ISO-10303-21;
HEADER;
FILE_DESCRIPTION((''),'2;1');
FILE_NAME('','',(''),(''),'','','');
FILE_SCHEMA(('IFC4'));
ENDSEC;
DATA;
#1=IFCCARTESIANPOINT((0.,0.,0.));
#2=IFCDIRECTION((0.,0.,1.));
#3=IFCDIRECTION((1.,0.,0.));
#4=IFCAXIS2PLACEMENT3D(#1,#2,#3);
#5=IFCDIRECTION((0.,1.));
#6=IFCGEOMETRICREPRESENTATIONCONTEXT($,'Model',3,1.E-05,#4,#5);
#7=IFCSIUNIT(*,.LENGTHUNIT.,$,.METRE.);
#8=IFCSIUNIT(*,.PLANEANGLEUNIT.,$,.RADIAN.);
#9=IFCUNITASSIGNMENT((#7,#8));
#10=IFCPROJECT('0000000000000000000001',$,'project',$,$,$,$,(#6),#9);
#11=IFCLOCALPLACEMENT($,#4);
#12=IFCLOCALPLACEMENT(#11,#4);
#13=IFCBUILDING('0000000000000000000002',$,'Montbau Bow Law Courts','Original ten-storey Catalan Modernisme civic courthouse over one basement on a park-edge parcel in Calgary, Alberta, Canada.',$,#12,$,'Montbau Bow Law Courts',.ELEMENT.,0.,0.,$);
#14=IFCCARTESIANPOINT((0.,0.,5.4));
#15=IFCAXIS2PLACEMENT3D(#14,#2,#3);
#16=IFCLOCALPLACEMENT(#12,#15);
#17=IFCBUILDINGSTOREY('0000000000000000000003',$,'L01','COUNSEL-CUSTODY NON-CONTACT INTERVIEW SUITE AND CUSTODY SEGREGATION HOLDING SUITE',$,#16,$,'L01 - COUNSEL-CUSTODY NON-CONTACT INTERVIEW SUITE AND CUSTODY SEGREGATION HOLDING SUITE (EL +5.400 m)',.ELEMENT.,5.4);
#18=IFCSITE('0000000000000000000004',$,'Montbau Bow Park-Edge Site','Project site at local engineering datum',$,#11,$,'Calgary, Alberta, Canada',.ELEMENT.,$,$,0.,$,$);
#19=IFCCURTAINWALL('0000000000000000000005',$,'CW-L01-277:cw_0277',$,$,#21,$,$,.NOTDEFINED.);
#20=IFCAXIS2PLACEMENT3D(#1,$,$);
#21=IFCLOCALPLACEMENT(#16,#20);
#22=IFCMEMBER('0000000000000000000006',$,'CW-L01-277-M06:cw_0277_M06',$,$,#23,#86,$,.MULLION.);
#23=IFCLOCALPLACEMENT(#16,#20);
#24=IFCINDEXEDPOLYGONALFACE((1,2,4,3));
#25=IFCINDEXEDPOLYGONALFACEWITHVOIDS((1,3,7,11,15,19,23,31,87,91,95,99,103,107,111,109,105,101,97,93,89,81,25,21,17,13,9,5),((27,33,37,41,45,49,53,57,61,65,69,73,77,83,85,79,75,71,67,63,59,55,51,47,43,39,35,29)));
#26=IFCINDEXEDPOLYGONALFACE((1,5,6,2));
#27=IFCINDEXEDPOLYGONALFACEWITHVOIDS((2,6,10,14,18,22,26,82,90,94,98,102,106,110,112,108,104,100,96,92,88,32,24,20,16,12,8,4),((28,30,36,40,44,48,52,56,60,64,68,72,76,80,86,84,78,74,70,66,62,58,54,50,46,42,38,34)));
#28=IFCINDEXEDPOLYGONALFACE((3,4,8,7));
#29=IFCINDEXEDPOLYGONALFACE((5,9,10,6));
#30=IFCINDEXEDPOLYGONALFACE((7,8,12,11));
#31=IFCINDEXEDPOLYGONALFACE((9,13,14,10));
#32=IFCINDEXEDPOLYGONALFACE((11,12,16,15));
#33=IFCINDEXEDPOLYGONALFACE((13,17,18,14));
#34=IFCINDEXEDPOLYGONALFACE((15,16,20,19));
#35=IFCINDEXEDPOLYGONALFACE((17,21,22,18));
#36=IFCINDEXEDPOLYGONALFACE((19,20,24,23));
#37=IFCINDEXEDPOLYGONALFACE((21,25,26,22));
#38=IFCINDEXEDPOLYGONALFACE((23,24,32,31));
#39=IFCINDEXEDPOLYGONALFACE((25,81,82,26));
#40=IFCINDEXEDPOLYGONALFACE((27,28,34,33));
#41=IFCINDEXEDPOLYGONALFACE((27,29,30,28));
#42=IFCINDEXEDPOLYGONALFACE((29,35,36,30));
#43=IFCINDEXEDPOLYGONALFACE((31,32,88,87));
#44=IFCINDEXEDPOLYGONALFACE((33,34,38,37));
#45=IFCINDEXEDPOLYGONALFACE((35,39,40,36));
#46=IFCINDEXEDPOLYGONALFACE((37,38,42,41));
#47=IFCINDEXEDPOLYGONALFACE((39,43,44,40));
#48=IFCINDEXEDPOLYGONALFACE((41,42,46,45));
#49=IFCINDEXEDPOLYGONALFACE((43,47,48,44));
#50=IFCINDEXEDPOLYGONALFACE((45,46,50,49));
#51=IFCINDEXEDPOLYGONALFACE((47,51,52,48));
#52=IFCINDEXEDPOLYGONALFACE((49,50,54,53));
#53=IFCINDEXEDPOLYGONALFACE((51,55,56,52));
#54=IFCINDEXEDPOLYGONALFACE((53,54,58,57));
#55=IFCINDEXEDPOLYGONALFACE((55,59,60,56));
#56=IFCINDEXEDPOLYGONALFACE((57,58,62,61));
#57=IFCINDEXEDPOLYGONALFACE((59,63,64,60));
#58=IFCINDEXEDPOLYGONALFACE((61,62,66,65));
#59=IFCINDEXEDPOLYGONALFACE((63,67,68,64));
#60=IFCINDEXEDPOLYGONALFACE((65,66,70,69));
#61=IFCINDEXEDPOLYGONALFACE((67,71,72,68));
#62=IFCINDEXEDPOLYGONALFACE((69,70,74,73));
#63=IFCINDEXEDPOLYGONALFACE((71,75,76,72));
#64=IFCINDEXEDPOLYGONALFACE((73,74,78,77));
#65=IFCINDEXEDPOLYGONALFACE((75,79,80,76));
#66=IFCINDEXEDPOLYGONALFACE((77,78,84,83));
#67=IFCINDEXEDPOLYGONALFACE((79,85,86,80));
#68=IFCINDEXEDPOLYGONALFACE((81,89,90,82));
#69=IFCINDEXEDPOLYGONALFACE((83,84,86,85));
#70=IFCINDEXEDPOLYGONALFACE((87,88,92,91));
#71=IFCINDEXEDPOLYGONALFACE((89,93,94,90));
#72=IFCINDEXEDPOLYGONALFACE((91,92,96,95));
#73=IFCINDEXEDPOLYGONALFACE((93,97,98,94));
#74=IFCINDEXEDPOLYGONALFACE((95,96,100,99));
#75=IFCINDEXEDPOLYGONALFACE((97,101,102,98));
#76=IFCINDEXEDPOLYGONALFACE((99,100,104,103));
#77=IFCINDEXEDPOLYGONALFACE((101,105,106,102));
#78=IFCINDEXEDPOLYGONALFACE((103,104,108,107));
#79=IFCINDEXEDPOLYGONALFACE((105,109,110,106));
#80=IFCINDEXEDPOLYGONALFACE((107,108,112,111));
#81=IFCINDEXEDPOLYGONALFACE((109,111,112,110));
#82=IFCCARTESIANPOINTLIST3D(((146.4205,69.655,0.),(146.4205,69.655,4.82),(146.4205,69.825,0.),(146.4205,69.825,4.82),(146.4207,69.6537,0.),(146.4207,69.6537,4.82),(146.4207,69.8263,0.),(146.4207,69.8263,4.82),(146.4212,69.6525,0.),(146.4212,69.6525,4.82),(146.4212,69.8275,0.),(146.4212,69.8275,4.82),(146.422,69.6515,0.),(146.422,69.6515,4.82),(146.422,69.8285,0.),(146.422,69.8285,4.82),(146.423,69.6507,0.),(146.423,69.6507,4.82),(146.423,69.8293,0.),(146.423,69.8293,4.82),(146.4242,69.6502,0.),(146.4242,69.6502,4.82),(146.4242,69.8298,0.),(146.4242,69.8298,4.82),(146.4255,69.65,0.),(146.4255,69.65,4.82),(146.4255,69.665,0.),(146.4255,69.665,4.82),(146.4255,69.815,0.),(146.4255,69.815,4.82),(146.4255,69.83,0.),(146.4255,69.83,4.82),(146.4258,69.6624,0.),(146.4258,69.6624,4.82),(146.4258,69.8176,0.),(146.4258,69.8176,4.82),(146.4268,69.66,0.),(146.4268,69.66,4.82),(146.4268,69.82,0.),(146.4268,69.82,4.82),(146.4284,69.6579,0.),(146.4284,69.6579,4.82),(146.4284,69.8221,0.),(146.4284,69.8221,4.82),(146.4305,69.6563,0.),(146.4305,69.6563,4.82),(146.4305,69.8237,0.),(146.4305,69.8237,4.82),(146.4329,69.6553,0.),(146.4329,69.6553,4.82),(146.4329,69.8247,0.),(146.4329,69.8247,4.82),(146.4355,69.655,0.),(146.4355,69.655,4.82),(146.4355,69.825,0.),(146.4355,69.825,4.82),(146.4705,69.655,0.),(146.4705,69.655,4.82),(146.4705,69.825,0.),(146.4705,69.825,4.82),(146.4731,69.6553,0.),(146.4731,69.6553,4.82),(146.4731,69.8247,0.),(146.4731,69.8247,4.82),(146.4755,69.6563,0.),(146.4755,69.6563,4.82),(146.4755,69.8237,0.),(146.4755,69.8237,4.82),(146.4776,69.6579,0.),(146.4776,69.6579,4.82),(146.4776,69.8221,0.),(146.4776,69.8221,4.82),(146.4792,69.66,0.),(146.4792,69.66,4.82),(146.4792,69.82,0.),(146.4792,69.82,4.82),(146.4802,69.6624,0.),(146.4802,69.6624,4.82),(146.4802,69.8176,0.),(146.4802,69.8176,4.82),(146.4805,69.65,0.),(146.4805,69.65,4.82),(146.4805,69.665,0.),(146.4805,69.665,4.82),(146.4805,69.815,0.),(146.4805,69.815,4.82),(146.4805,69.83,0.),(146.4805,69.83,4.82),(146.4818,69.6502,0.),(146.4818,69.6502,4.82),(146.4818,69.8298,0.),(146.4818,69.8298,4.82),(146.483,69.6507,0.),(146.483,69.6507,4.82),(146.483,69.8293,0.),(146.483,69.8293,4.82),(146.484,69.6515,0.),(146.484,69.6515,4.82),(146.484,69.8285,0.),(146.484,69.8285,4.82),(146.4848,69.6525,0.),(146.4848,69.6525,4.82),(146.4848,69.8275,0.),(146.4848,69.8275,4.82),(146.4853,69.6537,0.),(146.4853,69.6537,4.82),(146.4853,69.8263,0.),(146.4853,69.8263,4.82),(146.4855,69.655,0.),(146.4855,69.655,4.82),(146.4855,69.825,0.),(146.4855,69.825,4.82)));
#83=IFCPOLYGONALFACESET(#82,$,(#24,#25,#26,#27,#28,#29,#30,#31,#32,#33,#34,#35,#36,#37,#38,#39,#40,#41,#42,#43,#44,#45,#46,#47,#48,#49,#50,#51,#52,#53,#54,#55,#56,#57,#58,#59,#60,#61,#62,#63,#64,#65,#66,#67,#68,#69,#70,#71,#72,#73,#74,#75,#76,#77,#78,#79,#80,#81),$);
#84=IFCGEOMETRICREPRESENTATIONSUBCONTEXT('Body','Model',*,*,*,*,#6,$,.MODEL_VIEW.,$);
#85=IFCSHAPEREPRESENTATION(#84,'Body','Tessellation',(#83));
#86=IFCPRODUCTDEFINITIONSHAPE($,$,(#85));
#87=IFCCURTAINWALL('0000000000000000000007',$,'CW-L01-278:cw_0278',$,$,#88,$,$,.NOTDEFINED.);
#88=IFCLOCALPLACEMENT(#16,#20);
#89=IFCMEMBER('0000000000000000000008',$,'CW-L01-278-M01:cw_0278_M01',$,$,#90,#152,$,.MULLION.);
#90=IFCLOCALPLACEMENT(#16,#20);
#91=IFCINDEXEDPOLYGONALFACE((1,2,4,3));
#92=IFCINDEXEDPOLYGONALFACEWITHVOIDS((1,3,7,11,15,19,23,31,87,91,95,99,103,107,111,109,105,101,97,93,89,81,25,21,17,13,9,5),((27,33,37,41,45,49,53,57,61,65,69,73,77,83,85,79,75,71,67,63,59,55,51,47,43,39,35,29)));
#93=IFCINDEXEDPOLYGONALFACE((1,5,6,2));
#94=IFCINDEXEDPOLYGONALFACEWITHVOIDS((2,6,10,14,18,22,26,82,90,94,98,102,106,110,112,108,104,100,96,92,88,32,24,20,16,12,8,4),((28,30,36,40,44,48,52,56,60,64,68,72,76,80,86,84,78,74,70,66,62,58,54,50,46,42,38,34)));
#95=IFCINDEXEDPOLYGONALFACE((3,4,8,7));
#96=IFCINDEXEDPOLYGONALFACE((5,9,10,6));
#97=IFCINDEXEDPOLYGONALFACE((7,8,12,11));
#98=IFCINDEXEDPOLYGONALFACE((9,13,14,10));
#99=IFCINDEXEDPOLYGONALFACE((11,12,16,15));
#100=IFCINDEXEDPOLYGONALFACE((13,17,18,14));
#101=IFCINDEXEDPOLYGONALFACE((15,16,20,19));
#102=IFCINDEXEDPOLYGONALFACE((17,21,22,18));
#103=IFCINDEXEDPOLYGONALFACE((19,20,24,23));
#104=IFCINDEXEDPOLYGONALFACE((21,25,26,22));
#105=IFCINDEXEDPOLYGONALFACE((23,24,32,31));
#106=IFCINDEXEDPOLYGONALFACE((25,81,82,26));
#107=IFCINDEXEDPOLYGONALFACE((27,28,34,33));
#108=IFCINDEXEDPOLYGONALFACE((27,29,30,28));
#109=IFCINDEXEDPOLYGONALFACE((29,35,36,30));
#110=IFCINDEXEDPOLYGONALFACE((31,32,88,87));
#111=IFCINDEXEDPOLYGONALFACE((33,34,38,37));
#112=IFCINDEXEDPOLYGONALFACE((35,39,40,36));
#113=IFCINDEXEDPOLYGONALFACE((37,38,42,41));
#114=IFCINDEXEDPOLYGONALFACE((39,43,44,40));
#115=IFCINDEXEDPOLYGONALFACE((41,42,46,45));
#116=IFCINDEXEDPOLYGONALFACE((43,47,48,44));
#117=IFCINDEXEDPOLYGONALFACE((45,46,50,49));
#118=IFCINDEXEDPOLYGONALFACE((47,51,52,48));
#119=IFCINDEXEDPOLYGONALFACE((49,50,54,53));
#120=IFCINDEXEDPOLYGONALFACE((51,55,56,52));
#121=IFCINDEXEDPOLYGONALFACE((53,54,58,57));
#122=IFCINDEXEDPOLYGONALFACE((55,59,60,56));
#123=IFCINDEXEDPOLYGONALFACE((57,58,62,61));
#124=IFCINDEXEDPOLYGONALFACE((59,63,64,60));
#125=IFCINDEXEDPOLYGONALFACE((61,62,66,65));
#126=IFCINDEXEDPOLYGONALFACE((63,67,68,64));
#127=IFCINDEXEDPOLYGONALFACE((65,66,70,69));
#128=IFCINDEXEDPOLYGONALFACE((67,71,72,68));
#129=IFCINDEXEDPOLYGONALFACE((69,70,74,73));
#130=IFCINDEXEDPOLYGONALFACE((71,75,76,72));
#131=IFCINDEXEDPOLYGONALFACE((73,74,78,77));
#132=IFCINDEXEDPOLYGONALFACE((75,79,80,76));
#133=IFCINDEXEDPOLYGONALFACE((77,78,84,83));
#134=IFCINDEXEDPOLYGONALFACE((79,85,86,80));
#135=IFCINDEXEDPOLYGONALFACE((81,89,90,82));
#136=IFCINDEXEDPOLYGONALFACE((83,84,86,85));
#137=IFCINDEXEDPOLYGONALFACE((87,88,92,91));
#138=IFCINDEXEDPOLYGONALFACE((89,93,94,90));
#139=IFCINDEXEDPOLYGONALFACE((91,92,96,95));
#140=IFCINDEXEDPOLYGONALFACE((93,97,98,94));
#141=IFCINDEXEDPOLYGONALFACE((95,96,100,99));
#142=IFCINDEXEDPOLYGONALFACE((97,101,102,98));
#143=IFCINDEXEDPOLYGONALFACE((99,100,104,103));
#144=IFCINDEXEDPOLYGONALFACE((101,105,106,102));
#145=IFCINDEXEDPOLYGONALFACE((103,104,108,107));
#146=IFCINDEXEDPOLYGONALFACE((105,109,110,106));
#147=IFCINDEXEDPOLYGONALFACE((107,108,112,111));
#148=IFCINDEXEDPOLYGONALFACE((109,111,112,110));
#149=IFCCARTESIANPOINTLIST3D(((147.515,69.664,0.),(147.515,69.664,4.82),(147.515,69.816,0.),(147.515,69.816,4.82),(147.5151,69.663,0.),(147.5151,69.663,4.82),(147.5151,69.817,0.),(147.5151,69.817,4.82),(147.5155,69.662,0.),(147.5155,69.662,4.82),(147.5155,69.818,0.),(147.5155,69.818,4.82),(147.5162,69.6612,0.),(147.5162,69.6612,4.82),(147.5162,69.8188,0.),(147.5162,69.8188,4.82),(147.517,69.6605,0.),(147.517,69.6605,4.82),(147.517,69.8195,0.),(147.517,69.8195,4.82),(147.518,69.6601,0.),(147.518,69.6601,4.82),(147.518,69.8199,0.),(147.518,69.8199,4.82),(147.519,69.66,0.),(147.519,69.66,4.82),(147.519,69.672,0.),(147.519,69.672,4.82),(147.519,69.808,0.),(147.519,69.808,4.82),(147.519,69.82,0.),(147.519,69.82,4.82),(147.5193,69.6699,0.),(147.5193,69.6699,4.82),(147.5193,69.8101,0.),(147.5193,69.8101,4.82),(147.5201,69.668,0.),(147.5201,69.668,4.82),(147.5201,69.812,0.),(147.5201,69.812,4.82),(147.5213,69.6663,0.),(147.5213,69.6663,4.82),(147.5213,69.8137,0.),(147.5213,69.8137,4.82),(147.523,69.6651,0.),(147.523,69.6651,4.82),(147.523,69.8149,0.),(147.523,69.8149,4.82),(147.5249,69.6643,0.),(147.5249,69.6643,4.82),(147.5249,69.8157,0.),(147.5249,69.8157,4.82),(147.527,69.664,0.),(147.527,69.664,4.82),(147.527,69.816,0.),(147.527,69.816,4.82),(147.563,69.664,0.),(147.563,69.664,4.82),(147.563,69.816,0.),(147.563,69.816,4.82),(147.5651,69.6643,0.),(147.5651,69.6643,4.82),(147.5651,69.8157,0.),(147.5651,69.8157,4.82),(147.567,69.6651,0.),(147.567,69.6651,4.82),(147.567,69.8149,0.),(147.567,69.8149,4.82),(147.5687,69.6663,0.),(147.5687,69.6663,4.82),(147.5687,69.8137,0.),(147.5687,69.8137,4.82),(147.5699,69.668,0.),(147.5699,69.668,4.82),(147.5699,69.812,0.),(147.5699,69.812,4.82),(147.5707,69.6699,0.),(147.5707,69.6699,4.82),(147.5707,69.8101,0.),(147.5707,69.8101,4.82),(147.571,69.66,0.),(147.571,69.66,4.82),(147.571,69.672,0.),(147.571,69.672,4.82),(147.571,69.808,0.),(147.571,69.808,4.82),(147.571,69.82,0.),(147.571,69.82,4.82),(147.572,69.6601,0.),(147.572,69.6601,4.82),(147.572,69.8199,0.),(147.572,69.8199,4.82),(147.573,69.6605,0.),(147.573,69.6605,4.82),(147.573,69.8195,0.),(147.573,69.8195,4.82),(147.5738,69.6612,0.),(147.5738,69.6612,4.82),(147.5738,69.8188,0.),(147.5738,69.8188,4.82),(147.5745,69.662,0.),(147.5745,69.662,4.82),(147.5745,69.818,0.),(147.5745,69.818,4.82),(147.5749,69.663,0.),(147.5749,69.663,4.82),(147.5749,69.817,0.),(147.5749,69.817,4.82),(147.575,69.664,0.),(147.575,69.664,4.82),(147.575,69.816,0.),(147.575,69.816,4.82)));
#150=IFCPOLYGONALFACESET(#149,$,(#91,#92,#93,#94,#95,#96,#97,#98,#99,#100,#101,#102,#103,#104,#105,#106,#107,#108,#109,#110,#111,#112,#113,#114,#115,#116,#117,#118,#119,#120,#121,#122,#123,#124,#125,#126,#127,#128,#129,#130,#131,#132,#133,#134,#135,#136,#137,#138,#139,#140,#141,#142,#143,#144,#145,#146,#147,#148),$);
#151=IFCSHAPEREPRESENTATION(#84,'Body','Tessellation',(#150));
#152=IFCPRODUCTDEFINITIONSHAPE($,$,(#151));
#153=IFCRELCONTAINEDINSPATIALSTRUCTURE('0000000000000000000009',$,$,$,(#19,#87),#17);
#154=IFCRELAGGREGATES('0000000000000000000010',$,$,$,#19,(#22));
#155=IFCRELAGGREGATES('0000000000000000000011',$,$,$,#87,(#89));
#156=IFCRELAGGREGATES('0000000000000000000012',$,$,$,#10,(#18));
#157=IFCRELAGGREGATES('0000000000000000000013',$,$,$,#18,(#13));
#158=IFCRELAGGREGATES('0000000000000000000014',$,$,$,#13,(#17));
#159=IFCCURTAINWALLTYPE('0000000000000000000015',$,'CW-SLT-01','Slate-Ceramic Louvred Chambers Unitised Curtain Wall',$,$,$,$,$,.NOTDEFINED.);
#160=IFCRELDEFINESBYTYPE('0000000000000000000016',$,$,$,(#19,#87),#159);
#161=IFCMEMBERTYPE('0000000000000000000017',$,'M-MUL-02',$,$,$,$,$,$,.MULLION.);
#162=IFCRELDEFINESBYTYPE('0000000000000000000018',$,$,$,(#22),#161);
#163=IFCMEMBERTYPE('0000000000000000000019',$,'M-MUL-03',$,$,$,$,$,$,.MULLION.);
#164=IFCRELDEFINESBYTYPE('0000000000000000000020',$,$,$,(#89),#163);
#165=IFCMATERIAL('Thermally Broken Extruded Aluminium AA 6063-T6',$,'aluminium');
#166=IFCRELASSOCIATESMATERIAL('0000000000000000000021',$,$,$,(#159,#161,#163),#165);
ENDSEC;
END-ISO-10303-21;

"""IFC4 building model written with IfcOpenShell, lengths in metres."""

from ifc_helpers import new_model, si_unit, direction, frame, origin_with_axes, origin_2d_with_axis, place, context, subcontext, project, spatial, hollow_rectangle, extrude, material, material_profile, profile_set, type_object, element, aggregate, save


model = new_model("IFC4")

# Units and contexts
model_context = context("Model", 3, precision=1e-05, world=origin_with_axes(), true_north=direction((0.0, 1.0)))
body_context = subcontext(model_context, "Body", "Model", "MODEL_VIEW")
ifc_project = project(units=[si_unit("LENGTHUNIT", "METRE"), si_unit("PLANEANGLEUNIT", "RADIAN")], contexts=[model_context])

# Site, building, storey
site_placement = place(None, origin_with_axes())
site = spatial("IfcSite", under=ifc_project, at=site_placement, Name="Montbau Bow Park-Edge Site", Description="Project site at local engineering datum", LongName="Calgary, Alberta, Canada", CompositionType="ELEMENT", RefElevation=0.0)
building_placement = place(site_placement, origin_with_axes())
building = spatial("IfcBuilding", under=site, at=building_placement, Name="Montbau Bow Law Courts", Description="Original ten-storey Catalan Modernisme civic courthouse over one basement on a park-edge parcel in Calgary, Alberta, Canada.", LongName="Montbau Bow Law Courts", CompositionType="ELEMENT", ElevationOfRefHeight=0.0, ElevationOfTerrain=0.0)
storey_placement = place(building_placement, frame((0.0, 0.0, 5.4), z_axis=(0.0, 0.0, 1.0), x_axis=(1.0, 0.0, 0.0)))
storey = spatial("IfcBuildingStorey", under=building, at=storey_placement, Name="L01", Description="COUNSEL-CUSTODY NON-CONTACT INTERVIEW SUITE AND CUSTODY SEGREGATION HOLDING SUITE", LongName="L01 - COUNSEL-CUSTODY NON-CONTACT INTERVIEW SUITE AND CUSTODY SEGREGATION HOLDING SUITE (EL +5.400 m)", CompositionType="ELEMENT", Elevation=5.4)

# Curtain walls, members
ifc_material_1 = material(Name="Thermally Broken Extruded Aluminium AA 6063-T6", Category="aluminium")
curtain_wall_type = type_object("IfcCurtainWallType", Name="CW-SLT-01", Description="Slate-Ceramic Louvred Chambers Unitised Curtain Wall", PredefinedType="NOTDEFINED", material=ifc_material_1)
curtain_wall_1_placement = place(None, frame((139.115, 69.74, 5.4), z_axis=(0.0, 0.0, 1.0), x_axis=(1.0, 0.0, 0.0)))
curtain_wall_1 = element("IfcCurtainWall", 1, at=curtain_wall_1_placement, inside=storey, type_object=curtain_wall_type, Name="CW-L01-277:cw_0277", PredefinedType="NOTDEFINED")
ifc_material_profile_1 = material_profile(ifc_material_1, hollow_rectangle(XDim=0.065, YDim=0.18, WallThickness=0.005, InnerFilletRadius=0.01, OuterFilletRadius=0.005, at=origin_2d_with_axis()), Name="CWM-180X65", Category="Main", Priority=0)
ifc_profile_set_1 = profile_set([ifc_material_profile_1], Name="Thermally Broken Extruded Aluminium AA 6063-T6")
member_type_1 = type_object("IfcMemberType", Name="M-MUL-02", PredefinedType="MULLION", material=ifc_profile_set_1)
member_1_placement = place(None, frame((146.453, 69.74, 5.4), z_axis=(0.0, 0.0, 1.0), x_axis=(1.0, 0.0, 0.0)))
member_1 = element("IfcMember", 2, at=member_1_placement, type_object=member_type_1, Name="CW-L01-277-M06:cw_0277_M06", PredefinedType="MULLION", context=body_context, shape_type="SweptSolid", body=[
    extrude(hollow_rectangle(XDim=0.065, YDim=0.18, WallThickness=0.005, InnerFilletRadius=0.01, OuterFilletRadius=0.005, at=origin_2d_with_axis()), origin_with_axes(), (0.0, 0.0, 1.0), 4.82),
])
curtain_wall_2_placement = place(None, frame((147.515, 69.74, 5.4), z_axis=(0.0, 0.0, 1.0), x_axis=(1.0, 0.0, 0.0)))
curtain_wall_2 = element("IfcCurtainWall", 3, at=curtain_wall_2_placement, inside=storey, type_object=curtain_wall_type, Name="CW-L01-278:cw_0278", PredefinedType="NOTDEFINED")
ifc_material_profile_2 = material_profile(ifc_material_1, hollow_rectangle(XDim=0.06, YDim=0.16, WallThickness=0.004, InnerFilletRadius=0.008, OuterFilletRadius=0.004, at=origin_2d_with_axis()), Name="CWM-160X60", Category="Main", Priority=0)
ifc_profile_set_2 = profile_set([ifc_material_profile_2], Name="Thermally Broken Extruded Aluminium AA 6063-T6")
member_type_2 = type_object("IfcMemberType", Name="M-MUL-03", PredefinedType="MULLION", material=ifc_profile_set_2)
member_2_placement = place(None, frame((147.545, 69.74, 5.4), z_axis=(0.0, 0.0, 1.0), x_axis=(1.0, 0.0, 0.0)))
member_2 = element("IfcMember", 4, at=member_2_placement, type_object=member_type_2, Name="CW-L01-278-M01:cw_0278_M01", PredefinedType="MULLION", context=body_context, shape_type="SweptSolid", body=[
    extrude(hollow_rectangle(XDim=0.06, YDim=0.16, WallThickness=0.004, InnerFilletRadius=0.008, OuterFilletRadius=0.004, at=origin_2d_with_axis()), origin_with_axes(), (0.0, 0.0, 1.0), 4.82),
])

aggregate(curtain_wall_1, [member_1])
aggregate(curtain_wall_2, [member_2])

save(model, "model.ifc")
